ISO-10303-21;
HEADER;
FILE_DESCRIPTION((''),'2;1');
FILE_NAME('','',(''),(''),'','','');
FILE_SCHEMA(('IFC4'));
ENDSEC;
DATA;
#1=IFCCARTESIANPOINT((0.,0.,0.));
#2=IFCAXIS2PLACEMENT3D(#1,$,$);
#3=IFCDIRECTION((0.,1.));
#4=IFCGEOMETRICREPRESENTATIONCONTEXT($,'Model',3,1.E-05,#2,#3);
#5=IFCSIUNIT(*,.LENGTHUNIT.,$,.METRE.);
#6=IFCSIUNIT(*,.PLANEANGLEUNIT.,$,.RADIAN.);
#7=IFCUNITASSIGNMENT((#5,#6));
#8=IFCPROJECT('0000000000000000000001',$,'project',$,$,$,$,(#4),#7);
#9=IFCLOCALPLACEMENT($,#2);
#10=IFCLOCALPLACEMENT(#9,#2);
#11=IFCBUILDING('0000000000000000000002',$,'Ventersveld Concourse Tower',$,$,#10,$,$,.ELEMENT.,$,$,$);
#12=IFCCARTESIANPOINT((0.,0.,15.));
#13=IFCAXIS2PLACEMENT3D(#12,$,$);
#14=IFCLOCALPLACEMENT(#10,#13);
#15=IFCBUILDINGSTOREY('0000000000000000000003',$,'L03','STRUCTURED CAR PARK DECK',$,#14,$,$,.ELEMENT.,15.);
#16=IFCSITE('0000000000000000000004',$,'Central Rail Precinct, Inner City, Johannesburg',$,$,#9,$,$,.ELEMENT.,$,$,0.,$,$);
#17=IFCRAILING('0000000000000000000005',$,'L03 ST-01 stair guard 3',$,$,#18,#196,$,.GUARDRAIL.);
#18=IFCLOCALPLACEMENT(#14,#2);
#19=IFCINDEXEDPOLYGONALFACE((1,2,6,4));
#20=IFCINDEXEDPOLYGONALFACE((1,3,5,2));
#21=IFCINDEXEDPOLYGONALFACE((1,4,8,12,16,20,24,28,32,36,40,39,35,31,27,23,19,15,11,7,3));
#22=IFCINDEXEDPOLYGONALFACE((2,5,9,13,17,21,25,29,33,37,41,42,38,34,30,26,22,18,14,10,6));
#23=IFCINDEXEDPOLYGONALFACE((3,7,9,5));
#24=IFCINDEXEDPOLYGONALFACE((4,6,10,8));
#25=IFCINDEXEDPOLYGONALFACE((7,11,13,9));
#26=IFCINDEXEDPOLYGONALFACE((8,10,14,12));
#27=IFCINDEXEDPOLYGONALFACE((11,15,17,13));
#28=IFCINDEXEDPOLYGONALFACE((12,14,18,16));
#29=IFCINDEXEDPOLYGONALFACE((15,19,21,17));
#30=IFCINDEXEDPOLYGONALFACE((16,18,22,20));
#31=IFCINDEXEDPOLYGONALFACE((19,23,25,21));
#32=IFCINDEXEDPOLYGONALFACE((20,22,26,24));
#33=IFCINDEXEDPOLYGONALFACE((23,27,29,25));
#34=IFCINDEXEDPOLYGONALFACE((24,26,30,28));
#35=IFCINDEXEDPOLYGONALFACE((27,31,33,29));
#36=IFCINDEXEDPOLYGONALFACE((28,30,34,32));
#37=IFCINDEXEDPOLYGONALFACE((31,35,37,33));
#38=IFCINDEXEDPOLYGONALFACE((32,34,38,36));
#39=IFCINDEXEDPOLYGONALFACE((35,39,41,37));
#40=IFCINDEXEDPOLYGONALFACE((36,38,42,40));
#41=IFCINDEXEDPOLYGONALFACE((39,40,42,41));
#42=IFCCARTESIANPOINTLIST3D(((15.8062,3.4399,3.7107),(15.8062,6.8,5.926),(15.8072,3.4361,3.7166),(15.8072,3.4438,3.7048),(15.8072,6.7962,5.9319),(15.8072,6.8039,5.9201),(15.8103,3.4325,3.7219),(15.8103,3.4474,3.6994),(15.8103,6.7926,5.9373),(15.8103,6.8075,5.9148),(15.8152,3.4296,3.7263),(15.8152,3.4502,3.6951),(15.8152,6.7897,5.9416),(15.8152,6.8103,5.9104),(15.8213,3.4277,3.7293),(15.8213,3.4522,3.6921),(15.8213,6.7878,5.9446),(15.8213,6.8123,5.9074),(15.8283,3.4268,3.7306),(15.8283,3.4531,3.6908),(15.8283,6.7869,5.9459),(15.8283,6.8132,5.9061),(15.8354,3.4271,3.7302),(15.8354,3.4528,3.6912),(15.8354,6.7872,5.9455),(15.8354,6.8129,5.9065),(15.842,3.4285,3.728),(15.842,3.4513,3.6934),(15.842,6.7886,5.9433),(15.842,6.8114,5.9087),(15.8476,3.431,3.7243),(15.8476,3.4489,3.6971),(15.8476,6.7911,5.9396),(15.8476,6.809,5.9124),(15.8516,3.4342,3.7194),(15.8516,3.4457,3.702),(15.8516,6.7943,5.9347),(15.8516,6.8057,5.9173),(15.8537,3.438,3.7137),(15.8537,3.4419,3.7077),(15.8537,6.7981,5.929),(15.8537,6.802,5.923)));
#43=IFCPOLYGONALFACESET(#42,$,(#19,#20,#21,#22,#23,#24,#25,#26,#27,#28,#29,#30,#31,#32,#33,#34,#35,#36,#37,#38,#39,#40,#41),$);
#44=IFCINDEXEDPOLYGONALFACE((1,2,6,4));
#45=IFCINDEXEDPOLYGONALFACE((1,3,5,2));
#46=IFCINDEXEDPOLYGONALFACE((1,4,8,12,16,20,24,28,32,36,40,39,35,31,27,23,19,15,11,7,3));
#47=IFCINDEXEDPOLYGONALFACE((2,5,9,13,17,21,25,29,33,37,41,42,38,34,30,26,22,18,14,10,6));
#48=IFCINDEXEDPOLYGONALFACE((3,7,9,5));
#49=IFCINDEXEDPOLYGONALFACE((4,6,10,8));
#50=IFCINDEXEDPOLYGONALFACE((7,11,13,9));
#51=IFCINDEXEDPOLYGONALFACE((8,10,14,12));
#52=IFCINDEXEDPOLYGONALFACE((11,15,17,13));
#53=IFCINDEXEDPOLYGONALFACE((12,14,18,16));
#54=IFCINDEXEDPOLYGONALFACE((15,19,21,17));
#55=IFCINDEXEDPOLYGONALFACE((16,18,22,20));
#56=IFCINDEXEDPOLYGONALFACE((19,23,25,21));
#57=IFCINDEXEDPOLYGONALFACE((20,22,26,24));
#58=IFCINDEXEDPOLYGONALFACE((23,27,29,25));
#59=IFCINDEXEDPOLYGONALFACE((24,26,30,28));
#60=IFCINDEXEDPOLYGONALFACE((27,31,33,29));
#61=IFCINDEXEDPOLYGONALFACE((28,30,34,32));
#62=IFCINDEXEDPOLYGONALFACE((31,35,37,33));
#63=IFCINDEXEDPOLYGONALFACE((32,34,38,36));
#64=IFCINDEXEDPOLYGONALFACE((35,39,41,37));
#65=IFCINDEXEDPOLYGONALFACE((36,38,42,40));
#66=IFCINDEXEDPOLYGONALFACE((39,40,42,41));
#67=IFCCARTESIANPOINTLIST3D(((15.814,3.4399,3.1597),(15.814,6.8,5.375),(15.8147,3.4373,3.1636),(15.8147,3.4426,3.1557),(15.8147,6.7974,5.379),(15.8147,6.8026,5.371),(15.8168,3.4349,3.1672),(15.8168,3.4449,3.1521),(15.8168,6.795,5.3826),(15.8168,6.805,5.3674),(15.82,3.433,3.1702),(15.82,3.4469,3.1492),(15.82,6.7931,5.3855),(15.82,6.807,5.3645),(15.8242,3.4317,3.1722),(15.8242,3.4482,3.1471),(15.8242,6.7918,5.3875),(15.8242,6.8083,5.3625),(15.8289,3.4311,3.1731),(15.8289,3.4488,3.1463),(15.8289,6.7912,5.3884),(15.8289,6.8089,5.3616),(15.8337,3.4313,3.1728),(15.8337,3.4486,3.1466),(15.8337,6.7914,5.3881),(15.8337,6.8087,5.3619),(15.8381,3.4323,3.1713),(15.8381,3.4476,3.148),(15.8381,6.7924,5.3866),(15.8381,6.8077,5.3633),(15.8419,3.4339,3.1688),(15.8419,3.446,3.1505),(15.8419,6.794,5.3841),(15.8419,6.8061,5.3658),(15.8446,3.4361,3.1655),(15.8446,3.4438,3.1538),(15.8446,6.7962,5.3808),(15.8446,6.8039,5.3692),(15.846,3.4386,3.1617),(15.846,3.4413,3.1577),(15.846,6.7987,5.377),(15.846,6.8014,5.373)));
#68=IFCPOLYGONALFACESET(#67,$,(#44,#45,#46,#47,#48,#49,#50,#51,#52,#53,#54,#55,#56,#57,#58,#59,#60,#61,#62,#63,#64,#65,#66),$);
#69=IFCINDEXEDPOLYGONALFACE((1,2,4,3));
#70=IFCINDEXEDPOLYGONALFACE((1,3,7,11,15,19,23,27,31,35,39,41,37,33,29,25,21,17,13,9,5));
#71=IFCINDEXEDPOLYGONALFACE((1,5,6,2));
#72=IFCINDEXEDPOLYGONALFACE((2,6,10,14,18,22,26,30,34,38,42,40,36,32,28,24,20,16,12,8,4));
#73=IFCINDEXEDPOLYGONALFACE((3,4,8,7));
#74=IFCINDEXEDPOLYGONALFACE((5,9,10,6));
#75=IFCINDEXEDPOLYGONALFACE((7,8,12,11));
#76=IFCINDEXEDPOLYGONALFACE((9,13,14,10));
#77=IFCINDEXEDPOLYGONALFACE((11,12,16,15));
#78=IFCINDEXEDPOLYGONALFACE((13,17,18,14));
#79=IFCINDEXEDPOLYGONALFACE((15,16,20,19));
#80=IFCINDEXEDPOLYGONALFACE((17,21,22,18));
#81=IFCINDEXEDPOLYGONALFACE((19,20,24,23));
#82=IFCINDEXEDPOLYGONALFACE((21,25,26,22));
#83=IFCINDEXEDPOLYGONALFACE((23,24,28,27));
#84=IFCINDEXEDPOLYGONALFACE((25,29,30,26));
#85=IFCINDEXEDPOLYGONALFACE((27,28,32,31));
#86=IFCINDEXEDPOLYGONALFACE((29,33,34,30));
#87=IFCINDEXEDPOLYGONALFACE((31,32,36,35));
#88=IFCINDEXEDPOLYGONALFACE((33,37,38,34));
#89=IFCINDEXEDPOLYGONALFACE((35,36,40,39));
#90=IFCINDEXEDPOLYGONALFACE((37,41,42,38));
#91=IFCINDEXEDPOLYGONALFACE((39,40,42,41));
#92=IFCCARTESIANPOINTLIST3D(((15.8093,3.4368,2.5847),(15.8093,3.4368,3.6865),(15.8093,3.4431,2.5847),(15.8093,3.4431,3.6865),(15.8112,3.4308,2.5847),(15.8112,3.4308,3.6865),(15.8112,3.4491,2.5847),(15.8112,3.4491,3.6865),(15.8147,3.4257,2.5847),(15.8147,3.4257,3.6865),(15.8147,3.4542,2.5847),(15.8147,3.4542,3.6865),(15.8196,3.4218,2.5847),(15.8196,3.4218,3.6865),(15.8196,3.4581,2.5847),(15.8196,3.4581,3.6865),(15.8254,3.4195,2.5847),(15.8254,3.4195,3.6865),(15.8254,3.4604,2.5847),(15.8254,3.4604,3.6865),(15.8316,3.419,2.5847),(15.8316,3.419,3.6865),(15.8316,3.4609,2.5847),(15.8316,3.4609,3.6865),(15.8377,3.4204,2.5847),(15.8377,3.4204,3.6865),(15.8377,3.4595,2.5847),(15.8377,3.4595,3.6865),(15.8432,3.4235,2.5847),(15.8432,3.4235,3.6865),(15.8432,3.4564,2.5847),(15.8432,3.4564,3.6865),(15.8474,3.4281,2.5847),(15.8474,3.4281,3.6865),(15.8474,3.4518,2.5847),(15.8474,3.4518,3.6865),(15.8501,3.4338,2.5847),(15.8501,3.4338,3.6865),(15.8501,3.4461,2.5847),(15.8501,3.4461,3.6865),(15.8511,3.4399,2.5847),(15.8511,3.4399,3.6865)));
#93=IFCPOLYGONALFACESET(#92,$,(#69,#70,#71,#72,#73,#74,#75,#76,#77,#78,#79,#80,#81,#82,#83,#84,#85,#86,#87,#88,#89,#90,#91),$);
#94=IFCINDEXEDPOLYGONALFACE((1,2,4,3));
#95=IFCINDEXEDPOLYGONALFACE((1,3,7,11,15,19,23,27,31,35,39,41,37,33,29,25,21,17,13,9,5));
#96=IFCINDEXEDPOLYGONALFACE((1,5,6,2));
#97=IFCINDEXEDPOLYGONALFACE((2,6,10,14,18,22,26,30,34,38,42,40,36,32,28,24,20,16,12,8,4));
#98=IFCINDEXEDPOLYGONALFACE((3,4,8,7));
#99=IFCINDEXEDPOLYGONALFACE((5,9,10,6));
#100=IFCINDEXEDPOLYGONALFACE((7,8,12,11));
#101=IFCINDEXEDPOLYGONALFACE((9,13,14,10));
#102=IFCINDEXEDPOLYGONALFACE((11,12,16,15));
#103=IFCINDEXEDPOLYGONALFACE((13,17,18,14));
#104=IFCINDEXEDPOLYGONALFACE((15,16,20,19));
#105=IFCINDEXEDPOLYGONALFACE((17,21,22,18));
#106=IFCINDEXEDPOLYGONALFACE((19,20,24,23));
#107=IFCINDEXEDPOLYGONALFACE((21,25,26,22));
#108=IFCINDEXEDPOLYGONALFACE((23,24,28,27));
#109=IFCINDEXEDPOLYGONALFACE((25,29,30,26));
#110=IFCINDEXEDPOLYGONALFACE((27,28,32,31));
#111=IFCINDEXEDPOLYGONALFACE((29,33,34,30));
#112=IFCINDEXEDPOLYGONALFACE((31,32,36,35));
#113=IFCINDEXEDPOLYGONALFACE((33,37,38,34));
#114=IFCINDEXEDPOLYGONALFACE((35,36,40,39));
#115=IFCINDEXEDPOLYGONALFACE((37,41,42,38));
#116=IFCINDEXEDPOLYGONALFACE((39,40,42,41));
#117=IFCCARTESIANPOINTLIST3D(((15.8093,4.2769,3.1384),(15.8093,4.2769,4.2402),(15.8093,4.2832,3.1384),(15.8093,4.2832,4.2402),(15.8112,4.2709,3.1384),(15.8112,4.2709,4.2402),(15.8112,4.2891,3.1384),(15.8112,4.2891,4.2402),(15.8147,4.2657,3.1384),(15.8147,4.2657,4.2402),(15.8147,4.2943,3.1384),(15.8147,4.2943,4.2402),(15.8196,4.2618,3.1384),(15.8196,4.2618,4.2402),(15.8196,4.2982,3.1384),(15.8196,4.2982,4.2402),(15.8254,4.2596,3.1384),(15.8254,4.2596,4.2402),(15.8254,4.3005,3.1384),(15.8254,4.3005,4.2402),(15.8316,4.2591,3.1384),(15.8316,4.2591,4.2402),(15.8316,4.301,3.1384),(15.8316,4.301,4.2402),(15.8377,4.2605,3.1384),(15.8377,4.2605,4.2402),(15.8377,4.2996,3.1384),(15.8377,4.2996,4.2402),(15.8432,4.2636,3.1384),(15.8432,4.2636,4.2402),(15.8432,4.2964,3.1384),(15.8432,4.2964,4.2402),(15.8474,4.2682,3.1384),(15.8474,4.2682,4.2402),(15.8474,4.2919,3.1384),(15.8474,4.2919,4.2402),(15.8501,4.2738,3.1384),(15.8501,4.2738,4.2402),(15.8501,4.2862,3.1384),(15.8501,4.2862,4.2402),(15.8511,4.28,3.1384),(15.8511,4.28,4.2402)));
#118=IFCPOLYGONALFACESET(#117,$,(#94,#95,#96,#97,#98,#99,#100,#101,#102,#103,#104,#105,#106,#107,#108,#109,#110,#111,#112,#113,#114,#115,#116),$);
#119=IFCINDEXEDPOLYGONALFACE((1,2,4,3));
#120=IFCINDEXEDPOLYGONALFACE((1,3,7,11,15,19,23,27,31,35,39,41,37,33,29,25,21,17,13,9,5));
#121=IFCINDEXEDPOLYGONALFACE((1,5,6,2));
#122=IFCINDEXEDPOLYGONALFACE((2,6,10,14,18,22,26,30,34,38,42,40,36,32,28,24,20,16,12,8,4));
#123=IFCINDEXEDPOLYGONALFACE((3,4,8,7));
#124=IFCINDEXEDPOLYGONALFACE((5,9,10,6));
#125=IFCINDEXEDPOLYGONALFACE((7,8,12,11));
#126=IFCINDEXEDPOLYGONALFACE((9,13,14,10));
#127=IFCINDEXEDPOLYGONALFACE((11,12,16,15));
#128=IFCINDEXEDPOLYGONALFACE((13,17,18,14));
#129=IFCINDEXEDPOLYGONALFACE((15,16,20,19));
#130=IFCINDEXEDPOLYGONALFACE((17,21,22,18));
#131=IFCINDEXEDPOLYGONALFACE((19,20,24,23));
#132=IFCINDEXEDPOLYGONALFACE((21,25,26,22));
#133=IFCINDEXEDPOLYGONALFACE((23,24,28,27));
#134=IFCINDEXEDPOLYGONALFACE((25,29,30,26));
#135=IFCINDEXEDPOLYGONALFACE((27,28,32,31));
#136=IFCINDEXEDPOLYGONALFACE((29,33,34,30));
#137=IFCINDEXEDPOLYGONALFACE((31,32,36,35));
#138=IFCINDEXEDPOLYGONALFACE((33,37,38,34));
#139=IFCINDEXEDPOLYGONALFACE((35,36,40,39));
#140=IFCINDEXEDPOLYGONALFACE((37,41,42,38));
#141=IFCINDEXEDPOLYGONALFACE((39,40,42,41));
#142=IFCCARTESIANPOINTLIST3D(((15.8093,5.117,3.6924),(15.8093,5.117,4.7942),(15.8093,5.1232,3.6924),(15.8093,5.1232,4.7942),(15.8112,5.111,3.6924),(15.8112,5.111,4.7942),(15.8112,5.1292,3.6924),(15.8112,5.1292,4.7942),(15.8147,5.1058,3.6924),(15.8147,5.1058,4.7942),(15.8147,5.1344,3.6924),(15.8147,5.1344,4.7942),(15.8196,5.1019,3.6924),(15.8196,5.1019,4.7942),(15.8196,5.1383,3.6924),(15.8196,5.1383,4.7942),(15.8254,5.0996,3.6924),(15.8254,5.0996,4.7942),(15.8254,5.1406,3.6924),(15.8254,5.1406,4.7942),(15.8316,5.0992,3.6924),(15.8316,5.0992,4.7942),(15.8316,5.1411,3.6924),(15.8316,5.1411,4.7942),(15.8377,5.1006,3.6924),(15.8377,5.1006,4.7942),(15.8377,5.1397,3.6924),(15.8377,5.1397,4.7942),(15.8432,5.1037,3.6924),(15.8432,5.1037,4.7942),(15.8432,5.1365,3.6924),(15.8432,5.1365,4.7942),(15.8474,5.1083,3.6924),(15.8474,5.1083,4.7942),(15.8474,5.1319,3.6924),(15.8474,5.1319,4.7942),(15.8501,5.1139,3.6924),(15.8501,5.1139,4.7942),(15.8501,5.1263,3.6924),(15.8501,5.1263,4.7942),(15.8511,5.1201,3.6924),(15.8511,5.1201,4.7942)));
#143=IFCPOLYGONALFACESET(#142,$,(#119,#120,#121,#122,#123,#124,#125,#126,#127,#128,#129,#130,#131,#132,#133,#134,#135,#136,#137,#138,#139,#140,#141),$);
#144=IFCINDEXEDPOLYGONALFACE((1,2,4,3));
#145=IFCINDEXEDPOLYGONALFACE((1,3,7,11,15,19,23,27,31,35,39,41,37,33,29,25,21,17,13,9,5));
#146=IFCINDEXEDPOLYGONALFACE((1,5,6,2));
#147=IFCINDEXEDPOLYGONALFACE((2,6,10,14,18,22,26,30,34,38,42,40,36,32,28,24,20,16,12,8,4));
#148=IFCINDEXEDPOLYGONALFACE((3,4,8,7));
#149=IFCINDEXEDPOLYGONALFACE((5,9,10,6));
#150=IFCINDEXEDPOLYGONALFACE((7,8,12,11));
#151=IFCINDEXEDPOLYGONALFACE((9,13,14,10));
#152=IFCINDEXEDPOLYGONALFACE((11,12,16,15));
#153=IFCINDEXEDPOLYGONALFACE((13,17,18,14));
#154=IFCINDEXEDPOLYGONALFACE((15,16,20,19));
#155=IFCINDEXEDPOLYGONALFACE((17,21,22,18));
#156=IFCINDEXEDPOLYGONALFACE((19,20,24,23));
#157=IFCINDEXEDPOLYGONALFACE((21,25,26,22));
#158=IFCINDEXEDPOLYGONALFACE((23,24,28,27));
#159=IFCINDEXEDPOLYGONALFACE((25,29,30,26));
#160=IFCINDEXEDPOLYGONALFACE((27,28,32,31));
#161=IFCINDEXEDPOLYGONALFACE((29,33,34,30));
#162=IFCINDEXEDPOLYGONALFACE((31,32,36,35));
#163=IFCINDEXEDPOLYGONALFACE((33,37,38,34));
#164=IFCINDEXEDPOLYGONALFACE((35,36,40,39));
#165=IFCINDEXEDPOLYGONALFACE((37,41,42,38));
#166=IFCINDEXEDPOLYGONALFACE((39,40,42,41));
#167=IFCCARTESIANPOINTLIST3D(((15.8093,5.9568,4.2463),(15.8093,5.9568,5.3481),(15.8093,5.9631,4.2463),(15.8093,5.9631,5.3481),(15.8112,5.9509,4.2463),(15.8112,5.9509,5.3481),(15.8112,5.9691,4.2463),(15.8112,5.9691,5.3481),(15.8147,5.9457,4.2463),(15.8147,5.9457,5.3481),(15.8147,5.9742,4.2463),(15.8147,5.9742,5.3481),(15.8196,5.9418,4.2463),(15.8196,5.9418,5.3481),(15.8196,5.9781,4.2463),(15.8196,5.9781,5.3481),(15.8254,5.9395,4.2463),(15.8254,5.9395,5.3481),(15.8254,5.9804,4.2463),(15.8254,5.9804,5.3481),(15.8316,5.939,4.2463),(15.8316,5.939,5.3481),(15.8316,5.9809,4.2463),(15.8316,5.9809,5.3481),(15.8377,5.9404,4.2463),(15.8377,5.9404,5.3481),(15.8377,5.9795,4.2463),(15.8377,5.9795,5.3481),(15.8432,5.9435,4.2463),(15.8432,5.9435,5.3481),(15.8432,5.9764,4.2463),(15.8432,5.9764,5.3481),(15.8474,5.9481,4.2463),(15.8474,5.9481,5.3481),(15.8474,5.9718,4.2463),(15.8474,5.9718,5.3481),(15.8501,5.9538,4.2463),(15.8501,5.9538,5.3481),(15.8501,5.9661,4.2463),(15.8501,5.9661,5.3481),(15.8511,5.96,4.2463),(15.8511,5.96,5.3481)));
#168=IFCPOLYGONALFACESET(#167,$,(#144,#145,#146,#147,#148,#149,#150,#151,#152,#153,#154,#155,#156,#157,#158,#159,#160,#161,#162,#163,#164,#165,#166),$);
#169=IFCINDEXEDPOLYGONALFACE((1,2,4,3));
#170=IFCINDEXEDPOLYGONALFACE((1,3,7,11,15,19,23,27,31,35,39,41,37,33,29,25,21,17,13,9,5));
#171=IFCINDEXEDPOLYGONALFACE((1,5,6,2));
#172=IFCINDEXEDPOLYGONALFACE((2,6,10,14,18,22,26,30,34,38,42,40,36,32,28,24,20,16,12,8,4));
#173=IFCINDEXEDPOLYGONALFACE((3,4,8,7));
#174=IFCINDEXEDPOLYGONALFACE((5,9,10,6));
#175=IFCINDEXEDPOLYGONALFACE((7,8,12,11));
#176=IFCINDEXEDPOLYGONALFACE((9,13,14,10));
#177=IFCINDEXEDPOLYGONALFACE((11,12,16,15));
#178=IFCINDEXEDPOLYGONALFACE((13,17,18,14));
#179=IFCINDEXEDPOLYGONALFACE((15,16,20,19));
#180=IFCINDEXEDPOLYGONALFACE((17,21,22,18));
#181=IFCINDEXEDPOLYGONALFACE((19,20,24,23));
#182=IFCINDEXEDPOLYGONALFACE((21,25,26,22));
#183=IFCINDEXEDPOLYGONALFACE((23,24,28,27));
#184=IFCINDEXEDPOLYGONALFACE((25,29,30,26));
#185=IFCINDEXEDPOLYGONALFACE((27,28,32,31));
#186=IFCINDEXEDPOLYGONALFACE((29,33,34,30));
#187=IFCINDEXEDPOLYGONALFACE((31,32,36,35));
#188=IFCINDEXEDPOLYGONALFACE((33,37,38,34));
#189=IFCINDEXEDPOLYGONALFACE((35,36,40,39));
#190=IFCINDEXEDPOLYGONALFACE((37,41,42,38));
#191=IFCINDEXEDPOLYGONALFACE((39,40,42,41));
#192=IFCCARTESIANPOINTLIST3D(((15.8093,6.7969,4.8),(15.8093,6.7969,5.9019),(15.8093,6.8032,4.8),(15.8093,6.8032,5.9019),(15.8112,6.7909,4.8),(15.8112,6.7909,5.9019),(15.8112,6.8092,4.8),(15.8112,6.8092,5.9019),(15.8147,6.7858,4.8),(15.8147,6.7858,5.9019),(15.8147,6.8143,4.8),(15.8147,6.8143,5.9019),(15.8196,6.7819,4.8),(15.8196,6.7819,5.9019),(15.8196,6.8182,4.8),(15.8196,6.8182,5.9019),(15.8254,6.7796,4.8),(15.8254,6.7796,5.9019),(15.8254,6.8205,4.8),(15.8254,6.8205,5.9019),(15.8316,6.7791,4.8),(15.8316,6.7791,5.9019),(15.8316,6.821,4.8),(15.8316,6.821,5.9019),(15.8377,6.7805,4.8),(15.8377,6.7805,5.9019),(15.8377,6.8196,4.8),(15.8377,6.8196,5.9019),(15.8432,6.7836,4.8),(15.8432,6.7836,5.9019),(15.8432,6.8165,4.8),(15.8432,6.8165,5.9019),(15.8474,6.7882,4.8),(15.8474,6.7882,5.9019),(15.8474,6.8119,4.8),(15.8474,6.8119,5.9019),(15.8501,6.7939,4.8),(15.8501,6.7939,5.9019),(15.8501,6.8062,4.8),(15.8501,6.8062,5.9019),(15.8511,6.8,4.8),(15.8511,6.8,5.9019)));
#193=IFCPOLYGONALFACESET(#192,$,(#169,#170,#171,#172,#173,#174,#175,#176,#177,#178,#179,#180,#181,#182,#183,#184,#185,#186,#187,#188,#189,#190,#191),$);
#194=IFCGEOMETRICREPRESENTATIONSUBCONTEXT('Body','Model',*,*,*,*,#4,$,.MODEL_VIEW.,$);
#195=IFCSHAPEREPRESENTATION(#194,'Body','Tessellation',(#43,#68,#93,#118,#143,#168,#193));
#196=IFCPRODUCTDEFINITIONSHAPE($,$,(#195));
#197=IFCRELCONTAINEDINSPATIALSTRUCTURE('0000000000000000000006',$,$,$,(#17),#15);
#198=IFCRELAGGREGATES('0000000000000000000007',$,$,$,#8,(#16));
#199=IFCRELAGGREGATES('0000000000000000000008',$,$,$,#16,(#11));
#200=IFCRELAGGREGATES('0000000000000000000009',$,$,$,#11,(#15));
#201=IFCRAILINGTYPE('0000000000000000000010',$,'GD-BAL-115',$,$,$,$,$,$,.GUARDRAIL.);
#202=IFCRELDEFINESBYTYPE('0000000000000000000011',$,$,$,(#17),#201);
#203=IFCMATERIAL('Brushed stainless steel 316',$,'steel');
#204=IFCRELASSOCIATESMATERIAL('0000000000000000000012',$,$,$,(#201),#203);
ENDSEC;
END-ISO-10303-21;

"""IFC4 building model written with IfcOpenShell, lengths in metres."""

from ifc_helpers import new_model, si_unit, direction, frame, origin, origin_2d, place, context, subcontext, project, spatial, circle, extrude, material, type_object, element, save


model = new_model("IFC4")

# Units and contexts
model_context = context("Model", 3, precision=1e-05, world=origin(), true_north=direction((0.0, 1.0)))
body_context = subcontext(model_context, "Body", "Model", "MODEL_VIEW")
ifc_project = project(units=[si_unit("LENGTHUNIT", "METRE"), si_unit("PLANEANGLEUNIT", "RADIAN")], contexts=[model_context])

# Site, building, storey
site_placement = place(None, origin())
site = spatial("IfcSite", under=ifc_project, at=site_placement, Name="Central Rail Precinct, Inner City, Johannesburg", CompositionType="ELEMENT", RefElevation=0.0)
building_placement = place(site_placement, origin())
building = spatial("IfcBuilding", under=site, at=building_placement, Name="Ventersveld Concourse Tower", CompositionType="ELEMENT")
storey_placement = place(building_placement, frame((0.0, 0.0, 15.0)))
storey = spatial("IfcBuildingStorey", under=building, at=storey_placement, Name="L03", Description="STRUCTURED CAR PARK DECK", CompositionType="ELEMENT", Elevation=15.0)

# Shared definitions
ifc_material_1 = material(Name="Brushed stainless steel 316", Category="steel")

# Railing
railing_type_1 = type_object("IfcRailingType", Name="GD-BAL-115", PredefinedType="GUARDRAIL", material=ifc_material_1)
railing_1_placement = place(storey_placement, frame((15.8301, 3.4399, 2.5847)))
element("IfcRailing", 1, at=railing_1_placement, inside=storey, type_object=railing_type_1, Name="L03 ST-01 stair guard 3", PredefinedType="GUARDRAIL", context=body_context, shape_type="SweptSolid", body=[
    extrude(circle(Radius=0.0239, at=origin_2d()), frame((0.0, 0.0, 1.126), z_axis=(0.0, 0.834876, 0.550437), x_axis=(-1.0, 0.0, 0.0)), (0.0, 0.0, 1.0), 4.0247),
    extrude(circle(Radius=0.0161, at=origin_2d()), frame((0.0, 0.0, 0.575), z_axis=(0.0, 0.834876, 0.550437), x_axis=(-1.0, 0.0, 0.0)), (0.0, 0.0, 1.0), 4.0247),
    extrude(circle(Radius=0.021, at=origin_2d()), origin(), (0.0, 0.0, 1.0), 1.1018),
    extrude(circle(Radius=0.021, at=origin_2d()), frame((0.0, 0.8401, 0.5537)), (0.0, 0.0, 1.0), 1.1018),
    extrude(circle(Radius=0.021, at=origin_2d()), frame((0.0, 1.6802, 1.1077)), (0.0, 0.0, 1.0), 1.1018),
    extrude(circle(Radius=0.021, at=origin_2d()), frame((0.0, 2.52, 1.6616)), (0.0, 0.0, 1.0), 1.1018),
    extrude(circle(Radius=0.021, at=origin_2d()), frame((0.0, 3.3601, 2.2153)), (0.0, 0.0, 1.0), 1.1018),
])

save(model, "model.ifc")
